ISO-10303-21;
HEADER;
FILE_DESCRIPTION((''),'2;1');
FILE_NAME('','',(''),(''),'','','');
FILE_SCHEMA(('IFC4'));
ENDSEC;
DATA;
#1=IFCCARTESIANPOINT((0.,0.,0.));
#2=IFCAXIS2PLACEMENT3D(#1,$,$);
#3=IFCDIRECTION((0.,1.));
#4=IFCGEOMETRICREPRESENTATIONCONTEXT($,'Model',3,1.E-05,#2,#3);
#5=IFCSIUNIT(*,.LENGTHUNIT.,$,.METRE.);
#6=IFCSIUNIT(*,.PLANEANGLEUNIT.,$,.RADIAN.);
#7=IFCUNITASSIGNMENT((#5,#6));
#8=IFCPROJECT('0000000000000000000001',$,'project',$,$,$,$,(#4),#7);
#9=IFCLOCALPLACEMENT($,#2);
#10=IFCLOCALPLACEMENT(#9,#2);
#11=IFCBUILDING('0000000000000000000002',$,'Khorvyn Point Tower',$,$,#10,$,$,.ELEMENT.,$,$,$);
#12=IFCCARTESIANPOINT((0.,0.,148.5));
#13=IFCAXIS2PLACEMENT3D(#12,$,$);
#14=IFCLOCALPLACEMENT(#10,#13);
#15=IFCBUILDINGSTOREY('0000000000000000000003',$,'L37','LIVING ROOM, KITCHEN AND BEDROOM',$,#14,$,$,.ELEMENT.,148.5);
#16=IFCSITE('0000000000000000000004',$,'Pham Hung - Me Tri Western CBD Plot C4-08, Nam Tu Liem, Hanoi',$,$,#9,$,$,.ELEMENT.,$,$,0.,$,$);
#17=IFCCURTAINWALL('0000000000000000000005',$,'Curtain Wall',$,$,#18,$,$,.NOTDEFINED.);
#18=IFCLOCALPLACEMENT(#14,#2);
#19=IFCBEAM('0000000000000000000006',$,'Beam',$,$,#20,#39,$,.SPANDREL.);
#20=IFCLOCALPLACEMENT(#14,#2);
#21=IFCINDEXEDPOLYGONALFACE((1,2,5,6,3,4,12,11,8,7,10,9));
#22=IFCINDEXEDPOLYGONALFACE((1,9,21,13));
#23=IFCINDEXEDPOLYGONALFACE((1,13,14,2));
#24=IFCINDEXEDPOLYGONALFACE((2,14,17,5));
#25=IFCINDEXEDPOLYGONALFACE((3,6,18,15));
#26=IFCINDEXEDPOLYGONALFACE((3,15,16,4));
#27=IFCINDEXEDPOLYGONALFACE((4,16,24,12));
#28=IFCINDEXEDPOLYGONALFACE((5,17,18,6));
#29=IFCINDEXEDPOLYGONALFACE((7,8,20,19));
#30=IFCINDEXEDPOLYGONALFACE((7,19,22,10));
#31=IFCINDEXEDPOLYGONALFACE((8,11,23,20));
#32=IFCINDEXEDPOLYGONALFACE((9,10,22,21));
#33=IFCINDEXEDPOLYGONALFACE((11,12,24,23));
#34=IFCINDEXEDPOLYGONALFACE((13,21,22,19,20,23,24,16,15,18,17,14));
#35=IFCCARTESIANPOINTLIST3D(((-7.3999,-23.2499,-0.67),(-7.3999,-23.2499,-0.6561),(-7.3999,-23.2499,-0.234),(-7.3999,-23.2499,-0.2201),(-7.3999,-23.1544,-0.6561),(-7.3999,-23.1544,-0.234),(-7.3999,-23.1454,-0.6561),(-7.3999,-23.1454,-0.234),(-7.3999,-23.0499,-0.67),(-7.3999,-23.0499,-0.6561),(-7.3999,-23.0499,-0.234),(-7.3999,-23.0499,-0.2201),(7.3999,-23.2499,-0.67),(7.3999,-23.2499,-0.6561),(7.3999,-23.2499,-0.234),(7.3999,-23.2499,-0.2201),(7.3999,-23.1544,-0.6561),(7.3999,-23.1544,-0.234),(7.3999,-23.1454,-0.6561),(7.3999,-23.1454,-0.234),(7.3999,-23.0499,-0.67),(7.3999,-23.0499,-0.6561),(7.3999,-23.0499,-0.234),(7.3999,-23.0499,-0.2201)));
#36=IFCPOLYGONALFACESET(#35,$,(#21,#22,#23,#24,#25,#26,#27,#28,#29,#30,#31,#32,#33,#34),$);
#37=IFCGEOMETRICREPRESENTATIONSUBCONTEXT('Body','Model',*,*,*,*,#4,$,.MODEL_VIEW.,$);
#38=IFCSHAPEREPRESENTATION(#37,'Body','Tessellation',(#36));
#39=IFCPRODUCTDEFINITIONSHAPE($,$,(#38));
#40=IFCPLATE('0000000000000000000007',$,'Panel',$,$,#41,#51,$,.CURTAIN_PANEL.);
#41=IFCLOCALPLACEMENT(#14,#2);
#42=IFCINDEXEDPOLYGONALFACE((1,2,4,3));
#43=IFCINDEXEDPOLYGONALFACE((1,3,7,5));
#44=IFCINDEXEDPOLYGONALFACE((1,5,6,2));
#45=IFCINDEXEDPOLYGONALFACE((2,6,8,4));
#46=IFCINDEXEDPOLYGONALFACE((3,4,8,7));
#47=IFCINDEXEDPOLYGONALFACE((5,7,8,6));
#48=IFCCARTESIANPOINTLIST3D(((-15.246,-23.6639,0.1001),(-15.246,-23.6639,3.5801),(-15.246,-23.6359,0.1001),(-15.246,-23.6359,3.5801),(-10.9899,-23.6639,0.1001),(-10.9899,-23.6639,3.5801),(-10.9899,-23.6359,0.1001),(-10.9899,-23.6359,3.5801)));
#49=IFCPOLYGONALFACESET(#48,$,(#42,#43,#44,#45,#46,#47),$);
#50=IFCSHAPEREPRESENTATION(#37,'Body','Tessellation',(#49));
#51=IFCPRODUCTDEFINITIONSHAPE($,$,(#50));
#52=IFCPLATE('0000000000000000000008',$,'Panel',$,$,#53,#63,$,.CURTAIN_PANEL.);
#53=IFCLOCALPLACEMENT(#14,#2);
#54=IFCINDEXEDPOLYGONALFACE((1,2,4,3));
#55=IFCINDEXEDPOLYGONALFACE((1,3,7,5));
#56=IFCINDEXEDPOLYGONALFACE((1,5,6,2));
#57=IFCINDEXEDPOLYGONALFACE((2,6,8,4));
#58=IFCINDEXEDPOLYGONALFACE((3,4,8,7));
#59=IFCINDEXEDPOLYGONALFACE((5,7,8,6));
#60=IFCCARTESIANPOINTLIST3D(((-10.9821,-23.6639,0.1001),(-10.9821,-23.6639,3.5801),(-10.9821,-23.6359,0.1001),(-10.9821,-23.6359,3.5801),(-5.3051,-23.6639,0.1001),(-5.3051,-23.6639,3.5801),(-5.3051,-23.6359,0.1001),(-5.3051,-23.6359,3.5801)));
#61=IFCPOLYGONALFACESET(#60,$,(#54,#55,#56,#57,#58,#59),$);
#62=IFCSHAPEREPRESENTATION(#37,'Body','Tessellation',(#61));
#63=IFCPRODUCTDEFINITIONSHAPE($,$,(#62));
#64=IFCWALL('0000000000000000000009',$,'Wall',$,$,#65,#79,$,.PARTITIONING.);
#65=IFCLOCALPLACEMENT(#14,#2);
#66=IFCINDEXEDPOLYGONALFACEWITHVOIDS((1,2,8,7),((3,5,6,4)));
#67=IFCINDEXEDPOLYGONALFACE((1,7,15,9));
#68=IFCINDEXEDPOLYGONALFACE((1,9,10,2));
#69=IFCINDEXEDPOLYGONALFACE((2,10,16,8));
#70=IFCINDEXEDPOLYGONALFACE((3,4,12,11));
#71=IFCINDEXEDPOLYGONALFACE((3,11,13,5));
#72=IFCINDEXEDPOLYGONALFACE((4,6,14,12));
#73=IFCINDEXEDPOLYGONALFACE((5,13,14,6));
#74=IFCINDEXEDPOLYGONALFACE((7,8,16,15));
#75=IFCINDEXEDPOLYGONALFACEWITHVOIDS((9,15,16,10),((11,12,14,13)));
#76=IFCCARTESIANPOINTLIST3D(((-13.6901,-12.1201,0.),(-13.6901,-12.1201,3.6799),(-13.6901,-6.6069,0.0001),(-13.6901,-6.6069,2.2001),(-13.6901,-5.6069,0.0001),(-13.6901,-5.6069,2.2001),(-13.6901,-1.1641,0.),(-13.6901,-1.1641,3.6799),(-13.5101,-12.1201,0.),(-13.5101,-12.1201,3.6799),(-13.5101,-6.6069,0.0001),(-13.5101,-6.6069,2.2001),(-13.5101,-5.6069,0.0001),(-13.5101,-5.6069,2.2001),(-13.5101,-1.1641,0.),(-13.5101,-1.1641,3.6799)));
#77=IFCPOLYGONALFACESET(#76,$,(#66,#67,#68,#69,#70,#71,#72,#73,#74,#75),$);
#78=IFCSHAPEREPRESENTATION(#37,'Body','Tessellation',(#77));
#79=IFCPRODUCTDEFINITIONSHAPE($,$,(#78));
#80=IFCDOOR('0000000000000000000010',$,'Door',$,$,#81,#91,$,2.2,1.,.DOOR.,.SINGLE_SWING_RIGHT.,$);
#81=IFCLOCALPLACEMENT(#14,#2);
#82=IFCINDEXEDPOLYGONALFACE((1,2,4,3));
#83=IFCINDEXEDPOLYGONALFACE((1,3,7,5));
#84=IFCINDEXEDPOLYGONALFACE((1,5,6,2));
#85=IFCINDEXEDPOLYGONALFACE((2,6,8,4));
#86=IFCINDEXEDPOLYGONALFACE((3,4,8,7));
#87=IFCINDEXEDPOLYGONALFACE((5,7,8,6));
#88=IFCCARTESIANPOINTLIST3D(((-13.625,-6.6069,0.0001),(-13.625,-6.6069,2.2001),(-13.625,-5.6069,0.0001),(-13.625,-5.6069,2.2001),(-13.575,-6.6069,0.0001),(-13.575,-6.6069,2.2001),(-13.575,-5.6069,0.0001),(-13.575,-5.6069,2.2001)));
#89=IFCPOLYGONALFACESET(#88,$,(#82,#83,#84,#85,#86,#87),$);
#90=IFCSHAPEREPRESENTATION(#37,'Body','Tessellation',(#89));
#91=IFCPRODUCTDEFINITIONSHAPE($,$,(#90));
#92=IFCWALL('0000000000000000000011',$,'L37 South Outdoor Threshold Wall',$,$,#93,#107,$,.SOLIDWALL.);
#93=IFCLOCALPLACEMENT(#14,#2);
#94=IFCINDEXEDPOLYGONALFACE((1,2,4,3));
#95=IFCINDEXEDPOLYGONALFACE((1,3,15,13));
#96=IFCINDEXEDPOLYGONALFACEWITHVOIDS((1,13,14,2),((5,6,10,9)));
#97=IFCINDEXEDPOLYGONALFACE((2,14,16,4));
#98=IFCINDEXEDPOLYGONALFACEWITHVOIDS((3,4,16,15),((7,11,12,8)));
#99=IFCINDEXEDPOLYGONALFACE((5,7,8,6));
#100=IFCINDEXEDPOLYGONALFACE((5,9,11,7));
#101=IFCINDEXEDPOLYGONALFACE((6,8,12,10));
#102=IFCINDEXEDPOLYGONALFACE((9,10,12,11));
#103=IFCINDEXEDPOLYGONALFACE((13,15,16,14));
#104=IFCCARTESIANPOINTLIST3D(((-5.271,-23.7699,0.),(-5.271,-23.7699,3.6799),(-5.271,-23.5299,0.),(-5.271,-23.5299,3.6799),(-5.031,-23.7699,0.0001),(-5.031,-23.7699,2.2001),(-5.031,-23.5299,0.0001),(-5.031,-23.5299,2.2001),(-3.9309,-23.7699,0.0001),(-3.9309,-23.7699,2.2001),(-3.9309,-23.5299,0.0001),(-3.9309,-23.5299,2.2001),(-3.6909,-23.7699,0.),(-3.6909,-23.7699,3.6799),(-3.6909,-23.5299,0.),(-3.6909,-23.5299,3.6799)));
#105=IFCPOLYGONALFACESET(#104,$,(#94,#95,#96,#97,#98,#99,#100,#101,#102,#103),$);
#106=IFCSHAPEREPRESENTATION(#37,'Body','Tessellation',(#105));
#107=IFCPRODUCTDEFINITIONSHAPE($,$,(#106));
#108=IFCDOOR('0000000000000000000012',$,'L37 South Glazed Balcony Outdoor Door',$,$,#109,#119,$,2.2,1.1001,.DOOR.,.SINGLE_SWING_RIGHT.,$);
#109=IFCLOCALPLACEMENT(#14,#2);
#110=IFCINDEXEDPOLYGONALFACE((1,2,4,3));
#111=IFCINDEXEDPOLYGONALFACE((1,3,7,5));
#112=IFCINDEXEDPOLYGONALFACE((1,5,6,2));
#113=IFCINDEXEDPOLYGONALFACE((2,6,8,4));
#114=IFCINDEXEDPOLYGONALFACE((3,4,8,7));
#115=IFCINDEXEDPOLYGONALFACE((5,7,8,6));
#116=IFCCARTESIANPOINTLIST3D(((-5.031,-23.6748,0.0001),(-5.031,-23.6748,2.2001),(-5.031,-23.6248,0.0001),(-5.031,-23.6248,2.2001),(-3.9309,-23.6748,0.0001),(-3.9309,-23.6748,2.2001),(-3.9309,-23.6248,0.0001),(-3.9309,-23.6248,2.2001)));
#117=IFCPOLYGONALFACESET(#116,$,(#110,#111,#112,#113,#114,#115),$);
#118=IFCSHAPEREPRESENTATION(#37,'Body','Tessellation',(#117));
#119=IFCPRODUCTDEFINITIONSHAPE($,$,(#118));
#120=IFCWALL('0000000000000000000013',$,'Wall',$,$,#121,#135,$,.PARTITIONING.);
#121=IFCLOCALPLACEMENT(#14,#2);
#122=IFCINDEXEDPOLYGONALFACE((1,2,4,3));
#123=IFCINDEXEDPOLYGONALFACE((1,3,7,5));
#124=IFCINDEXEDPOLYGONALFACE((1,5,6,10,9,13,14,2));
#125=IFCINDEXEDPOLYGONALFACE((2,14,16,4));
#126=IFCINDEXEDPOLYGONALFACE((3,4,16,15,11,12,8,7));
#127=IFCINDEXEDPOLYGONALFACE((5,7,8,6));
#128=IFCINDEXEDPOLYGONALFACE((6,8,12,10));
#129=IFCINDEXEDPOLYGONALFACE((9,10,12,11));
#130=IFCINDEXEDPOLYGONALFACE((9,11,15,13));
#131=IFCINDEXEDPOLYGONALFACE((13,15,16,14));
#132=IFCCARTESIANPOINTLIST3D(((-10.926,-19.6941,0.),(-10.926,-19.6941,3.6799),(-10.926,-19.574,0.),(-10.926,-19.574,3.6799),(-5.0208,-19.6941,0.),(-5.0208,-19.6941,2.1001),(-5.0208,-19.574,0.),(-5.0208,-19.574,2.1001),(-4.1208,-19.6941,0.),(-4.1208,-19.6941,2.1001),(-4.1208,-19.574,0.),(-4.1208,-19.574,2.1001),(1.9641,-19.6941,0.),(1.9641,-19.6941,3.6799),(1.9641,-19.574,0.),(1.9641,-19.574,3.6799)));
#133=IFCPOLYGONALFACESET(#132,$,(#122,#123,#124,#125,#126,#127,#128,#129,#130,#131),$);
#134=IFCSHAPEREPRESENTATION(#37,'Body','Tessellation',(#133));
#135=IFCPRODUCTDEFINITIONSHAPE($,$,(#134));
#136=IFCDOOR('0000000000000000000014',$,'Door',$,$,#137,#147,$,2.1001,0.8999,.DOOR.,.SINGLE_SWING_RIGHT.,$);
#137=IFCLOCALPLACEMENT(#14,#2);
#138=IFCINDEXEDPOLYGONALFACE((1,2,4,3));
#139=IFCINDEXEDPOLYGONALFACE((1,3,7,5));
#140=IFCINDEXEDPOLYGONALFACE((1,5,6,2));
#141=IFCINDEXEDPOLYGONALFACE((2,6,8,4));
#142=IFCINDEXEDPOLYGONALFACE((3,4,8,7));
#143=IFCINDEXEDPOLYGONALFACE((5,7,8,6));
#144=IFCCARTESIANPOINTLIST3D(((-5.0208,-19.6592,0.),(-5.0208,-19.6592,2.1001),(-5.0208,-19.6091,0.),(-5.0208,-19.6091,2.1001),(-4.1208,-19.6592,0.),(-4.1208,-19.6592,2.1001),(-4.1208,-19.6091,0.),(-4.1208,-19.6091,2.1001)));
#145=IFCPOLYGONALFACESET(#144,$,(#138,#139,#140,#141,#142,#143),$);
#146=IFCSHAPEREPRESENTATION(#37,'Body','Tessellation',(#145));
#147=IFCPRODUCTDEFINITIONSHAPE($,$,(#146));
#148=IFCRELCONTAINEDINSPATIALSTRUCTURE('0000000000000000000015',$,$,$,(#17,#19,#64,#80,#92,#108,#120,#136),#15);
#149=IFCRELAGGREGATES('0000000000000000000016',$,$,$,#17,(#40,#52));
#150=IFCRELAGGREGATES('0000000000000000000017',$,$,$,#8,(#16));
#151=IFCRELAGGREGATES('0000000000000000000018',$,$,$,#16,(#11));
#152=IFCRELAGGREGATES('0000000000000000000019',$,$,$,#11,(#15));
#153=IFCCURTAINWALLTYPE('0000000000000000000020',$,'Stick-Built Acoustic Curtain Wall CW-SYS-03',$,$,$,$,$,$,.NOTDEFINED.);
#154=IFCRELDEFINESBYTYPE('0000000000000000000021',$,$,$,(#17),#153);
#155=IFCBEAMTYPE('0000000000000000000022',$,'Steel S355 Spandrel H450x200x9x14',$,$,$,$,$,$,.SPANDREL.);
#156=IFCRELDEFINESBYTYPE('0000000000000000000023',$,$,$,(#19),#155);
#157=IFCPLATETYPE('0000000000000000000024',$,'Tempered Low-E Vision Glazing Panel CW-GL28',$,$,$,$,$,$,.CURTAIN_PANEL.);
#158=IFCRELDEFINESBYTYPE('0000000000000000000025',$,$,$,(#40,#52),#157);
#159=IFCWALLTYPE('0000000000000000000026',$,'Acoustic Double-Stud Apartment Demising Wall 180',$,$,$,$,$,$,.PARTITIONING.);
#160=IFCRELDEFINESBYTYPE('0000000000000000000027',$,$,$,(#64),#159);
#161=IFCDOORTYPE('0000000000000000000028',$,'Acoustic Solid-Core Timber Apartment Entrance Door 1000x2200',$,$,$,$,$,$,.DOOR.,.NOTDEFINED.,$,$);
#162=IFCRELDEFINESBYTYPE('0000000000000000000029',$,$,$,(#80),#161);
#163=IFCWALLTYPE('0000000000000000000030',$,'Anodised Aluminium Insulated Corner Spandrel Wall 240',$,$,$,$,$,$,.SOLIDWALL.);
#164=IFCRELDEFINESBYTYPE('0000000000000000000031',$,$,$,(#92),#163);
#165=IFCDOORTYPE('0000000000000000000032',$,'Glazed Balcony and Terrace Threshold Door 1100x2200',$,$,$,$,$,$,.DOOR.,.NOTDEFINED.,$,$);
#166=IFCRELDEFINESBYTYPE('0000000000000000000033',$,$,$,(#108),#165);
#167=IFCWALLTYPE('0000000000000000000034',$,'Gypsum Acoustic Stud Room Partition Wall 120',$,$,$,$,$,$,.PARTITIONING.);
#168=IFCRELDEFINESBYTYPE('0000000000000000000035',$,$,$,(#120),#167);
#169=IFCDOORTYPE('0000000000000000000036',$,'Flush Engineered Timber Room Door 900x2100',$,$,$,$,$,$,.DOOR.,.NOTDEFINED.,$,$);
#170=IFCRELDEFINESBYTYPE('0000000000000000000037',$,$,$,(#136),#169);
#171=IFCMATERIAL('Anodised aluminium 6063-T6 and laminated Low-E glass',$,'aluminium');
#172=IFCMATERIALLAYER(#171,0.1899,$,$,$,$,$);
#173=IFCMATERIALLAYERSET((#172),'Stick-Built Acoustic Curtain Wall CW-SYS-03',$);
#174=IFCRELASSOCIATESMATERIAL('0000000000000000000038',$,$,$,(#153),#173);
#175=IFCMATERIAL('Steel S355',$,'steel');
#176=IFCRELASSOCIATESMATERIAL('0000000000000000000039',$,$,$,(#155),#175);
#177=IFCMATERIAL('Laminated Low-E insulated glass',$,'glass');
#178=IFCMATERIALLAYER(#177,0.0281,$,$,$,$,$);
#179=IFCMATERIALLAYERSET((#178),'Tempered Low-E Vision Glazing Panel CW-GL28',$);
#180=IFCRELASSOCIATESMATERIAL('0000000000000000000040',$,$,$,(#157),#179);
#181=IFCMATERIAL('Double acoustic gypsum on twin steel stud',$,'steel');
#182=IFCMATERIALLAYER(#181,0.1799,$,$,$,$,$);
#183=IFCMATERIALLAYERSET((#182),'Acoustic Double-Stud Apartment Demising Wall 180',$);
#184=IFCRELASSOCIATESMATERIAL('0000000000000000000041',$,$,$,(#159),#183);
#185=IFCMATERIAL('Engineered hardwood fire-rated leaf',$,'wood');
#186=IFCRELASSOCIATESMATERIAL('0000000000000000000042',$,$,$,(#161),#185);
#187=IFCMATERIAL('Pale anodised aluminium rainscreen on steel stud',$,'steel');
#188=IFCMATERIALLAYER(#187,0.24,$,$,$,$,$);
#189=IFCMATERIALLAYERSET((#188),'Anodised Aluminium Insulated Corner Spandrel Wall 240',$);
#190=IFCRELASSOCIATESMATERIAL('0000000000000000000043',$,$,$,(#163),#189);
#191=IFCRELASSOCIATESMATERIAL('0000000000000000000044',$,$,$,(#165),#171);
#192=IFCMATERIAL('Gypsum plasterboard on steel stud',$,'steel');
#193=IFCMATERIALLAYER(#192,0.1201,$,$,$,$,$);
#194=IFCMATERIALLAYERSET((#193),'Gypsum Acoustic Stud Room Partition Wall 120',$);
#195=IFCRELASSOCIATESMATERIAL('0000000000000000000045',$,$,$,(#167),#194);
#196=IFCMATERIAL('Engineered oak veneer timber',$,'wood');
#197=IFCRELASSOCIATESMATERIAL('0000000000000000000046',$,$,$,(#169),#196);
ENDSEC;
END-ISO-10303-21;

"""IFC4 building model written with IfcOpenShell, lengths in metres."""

from ifc_helpers import new_model, si_unit, direction, frame, frame_2d, origin, origin_2d, place, context, subcontext, project, spatial, rectangle, i_section, extrude, material, layer, layer_set, material_profile, profile_set, type_object, element, fill, aggregate, save


model = new_model("IFC4")

# Units and contexts
model_context = context("Model", 3, precision=1e-05, world=origin(), true_north=direction((0.0, 1.0)))
body_context = subcontext(model_context, "Body", "Model", "MODEL_VIEW")
ifc_project = project(units=[si_unit("LENGTHUNIT", "METRE"), si_unit("PLANEANGLEUNIT", "RADIAN")], contexts=[model_context])

# Site, building, storey
site_placement = place(None, origin())
site = spatial("IfcSite", under=ifc_project, at=site_placement, Name="Pham Hung - Me Tri Western CBD Plot C4-08, Nam Tu Liem, Hanoi", CompositionType="ELEMENT", RefElevation=0.0)
building_placement = place(site_placement, origin())
building = spatial("IfcBuilding", under=site, at=building_placement, Name="Khorvyn Point Tower", CompositionType="ELEMENT")
storey_placement = place(building_placement, frame((0.0, 0.0, 148.5)))
storey = spatial("IfcBuildingStorey", under=building, at=storey_placement, Name="L37", Description="LIVING ROOM, KITCHEN AND BEDROOM", CompositionType="ELEMENT", Elevation=148.5)

# Shared definitions
ifc_material_1 = material(Name="Anodised aluminium 6063-T6 and laminated Low-E glass", Category="aluminium")
ifc_layer_1 = layer(ifc_material_1, 0.1899)
ifc_layer_set_1 = layer_set([ifc_layer_1], Name="Stick-Built Acoustic Curtain Wall CW-SYS-03")
curtain_wall_type = type_object("IfcCurtainWallType", Name="Stick-Built Acoustic Curtain Wall CW-SYS-03", PredefinedType="NOTDEFINED", material=ifc_layer_set_1)

# Curtain wall
curtain_wall_1_placement = place(storey_placement, origin())
curtain_wall_1 = element("IfcCurtainWall", 1, at=curtain_wall_1_placement, inside=storey, type_object=curtain_wall_type, Name="Curtain Wall", PredefinedType="NOTDEFINED")

# Beam
ifc_material_2 = material(Name="Steel S355", Category="steel")
ifc_material_profile_1 = material_profile(ifc_material_2, i_section(OverallWidth=0.2, OverallDepth=0.45, WebThickness=0.009, FlangeThickness=0.0139, at=origin_2d()))
ifc_profile_set_1 = profile_set([ifc_material_profile_1], Name="Steel S355 H450x200x9x14")
beam_type_1 = type_object("IfcBeamType", Name="Steel S355 Spandrel H450x200x9x14", PredefinedType="SPANDREL", material=ifc_profile_set_1)
beam_1_placement = place(storey_placement, frame((-7.3999, -23.1499, -0.4451), z_axis=(1.0, 0.0, 0.0), x_axis=(0.0, 1.0, 0.0)))
element("IfcBeam", 2, at=beam_1_placement, inside=storey, type_object=beam_type_1, Name="Beam", PredefinedType="SPANDREL", context=body_context, shape_type="SweptSolid", body=[
    extrude(i_section(OverallWidth=0.2, OverallDepth=0.45, WebThickness=0.009, FlangeThickness=0.0139, at=origin_2d()), origin(), (0.0, 0.0, 1.0), 14.7998),
])

# Plates
ifc_material_3 = material(Name="Laminated Low-E insulated glass", Category="glass")
ifc_layer_2 = layer(ifc_material_3, 0.0281)
ifc_layer_set_2 = layer_set([ifc_layer_2], Name="Tempered Low-E Vision Glazing Panel CW-GL28")
plate_type = type_object("IfcPlateType", Name="Tempered Low-E Vision Glazing Panel CW-GL28", PredefinedType="CURTAIN_PANEL", material=ifc_layer_set_2)
plate_1_placement = place(storey_placement, frame((-13.1179, -23.6499, 0.1001), z_axis=(0.0, 0.0, 1.0), x_axis=(-1.0, 0.0, 0.0)))
plate_1 = element("IfcPlate", 3, at=plate_1_placement, type_object=plate_type, Name="Panel", PredefinedType="CURTAIN_PANEL", context=body_context, shape_type="SweptSolid", body=[
    extrude(rectangle(XDim=4.2561, YDim=0.0281, at=origin_2d()), origin(), (0.0, 0.0, 1.0), 3.48),
])
plate_2_placement = place(storey_placement, frame((-8.1436, -23.6499, 0.1001), z_axis=(0.0, 0.0, 1.0), x_axis=(-1.0, 0.0, 0.0)))
plate_2 = element("IfcPlate", 4, at=plate_2_placement, type_object=plate_type, Name="Panel", PredefinedType="CURTAIN_PANEL", context=body_context, shape_type="SweptSolid", body=[
    extrude(rectangle(XDim=5.677, YDim=0.0281, at=origin_2d()), origin(), (0.0, 0.0, 1.0), 3.48),
])
aggregate(curtain_wall_1, [plate_1, plate_2])

# Walls, openings, doors
ifc_material_4 = material(Name="Double acoustic gypsum on twin steel stud", Category="steel")
ifc_layer_3 = layer(ifc_material_4, 0.1799)
ifc_layer_set_3 = layer_set([ifc_layer_3], Name="Acoustic Double-Stud Apartment Demising Wall 180")
wall_type_1 = type_object("IfcWallType", Name="Acoustic Double-Stud Apartment Demising Wall 180", PredefinedType="PARTITIONING", material=ifc_layer_set_3)
wall_1_placement = place(storey_placement, frame((-13.6001, -12.1201, 0.0), z_axis=(0.0, 0.0, 1.0), x_axis=(0.0, 1.0, 0.0)))
wall_1 = element("IfcWall", 5, at=wall_1_placement, inside=storey, type_object=wall_type_1, Name="Wall", PredefinedType="PARTITIONING", context=body_context, shape_type="SweptSolid", body=[
    extrude(rectangle(XDim=10.9561, YDim=0.1799, at=frame_2d((5.478, 0.0))), origin(), (0.0, 0.0, 1.0), 3.6799),
])
opening_1_placement = place(wall_1_placement, frame((5.5132, 0.0, 0.0)))
opening_1 = element("IfcOpeningElement", 6, at=opening_1_placement, cuts=wall_1, PredefinedType="OPENING", context=body_context, shape_type="SweptSolid", body=[
    extrude(rectangle(XDim=1.0, YDim=2.2, at=frame_2d((0.5, 1.1001))), frame((0.0, 0.0999, 0.0), z_axis=(0.0, -1.0, 0.0), x_axis=(1.0, 0.0, 0.0)), (0.0, 0.0, 1.0), 0.2),
])
ifc_material_5 = material(Name="Engineered hardwood fire-rated leaf", Category="wood")
door_type_1 = type_object("IfcDoorType", Name="Acoustic Solid-Core Timber Apartment Entrance Door 1000x2200", OperationType="NOTDEFINED", PredefinedType="DOOR", material=ifc_material_5)
door_1_placement = place(opening_1_placement, origin())
door_1 = element("IfcDoor", 7, at=door_1_placement, inside=storey, type_object=door_type_1, Name="Door", OperationType="SINGLE_SWING_RIGHT", OverallHeight=2.2, OverallWidth=1.0, PredefinedType="DOOR", context=body_context, shape_type="SweptSolid", body=[
    extrude(rectangle(XDim=1.0, YDim=2.2, at=frame_2d((0.5, 1.1001))), frame((0.0, 0.0249, 0.0), z_axis=(0.0, -1.0, 0.0), x_axis=(1.0, 0.0, 0.0)), (0.0, 0.0, 1.0), 0.05),
])
fill(opening_1, door_1)
ifc_material_6 = material(Name="Pale anodised aluminium rainscreen on steel stud", Category="steel")
ifc_layer_4 = layer(ifc_material_6, 0.24)
ifc_layer_set_4 = layer_set([ifc_layer_4], Name="Anodised Aluminium Insulated Corner Spandrel Wall 240")
wall_type_2 = type_object("IfcWallType", Name="Anodised Aluminium Insulated Corner Spandrel Wall 240", PredefinedType="SOLIDWALL", material=ifc_layer_set_4)
wall_2_placement = place(storey_placement, frame((-3.6909, -23.6499, 0.0), z_axis=(0.0, 0.0, 1.0), x_axis=(-1.0, 0.0, 0.0)))
wall_2 = element("IfcWall", 8, at=wall_2_placement, inside=storey, type_object=wall_type_2, Name="L37 South Outdoor Threshold Wall", PredefinedType="SOLIDWALL", context=body_context, shape_type="SweptSolid", body=[
    extrude(rectangle(XDim=1.5801, YDim=0.24, at=frame_2d((0.79, 0.0))), origin(), (0.0, 0.0, 1.0), 3.6799),
])
opening_2_placement = place(wall_2_placement, frame((0.24, 0.0, 0.0)))
opening_2 = element("IfcOpeningElement", 9, at=opening_2_placement, cuts=wall_2, PredefinedType="OPENING", context=body_context, shape_type="SweptSolid", body=[
    extrude(rectangle(XDim=1.1001, YDim=2.2, at=frame_2d((0.55, 1.1001))), frame((0.0, 0.1299, 0.0), z_axis=(0.0, -1.0, 0.0), x_axis=(1.0, 0.0, 0.0)), (0.0, 0.0, 1.0), 0.26),
])
door_type_2 = type_object("IfcDoorType", Name="Glazed Balcony and Terrace Threshold Door 1100x2200", OperationType="NOTDEFINED", PredefinedType="DOOR", material=ifc_material_1)
door_2_placement = place(opening_2_placement, origin())
door_2 = element("IfcDoor", 10, at=door_2_placement, inside=storey, type_object=door_type_2, Name="L37 South Glazed Balcony Outdoor Door", OperationType="SINGLE_SWING_RIGHT", OverallHeight=2.2, OverallWidth=1.1001, PredefinedType="DOOR", context=body_context, shape_type="SweptSolid", body=[
    extrude(rectangle(XDim=1.1001, YDim=2.2, at=frame_2d((0.55, 1.1001))), frame((0.0, 0.0249, 0.0), z_axis=(0.0, -1.0, 0.0), x_axis=(1.0, 0.0, 0.0)), (0.0, 0.0, 1.0), 0.05),
])
fill(opening_2, door_2)
ifc_material_7 = material(Name="Gypsum plasterboard on steel stud", Category="steel")
ifc_layer_5 = layer(ifc_material_7, 0.1201)
ifc_layer_set_5 = layer_set([ifc_layer_5], Name="Gypsum Acoustic Stud Room Partition Wall 120")
wall_type_3 = type_object("IfcWallType", Name="Gypsum Acoustic Stud Room Partition Wall 120", PredefinedType="PARTITIONING", material=ifc_layer_set_5)
wall_3_placement = place(storey_placement, frame((-10.926, -19.634, 0.0), z_axis=(0.0, 0.0, 1.0), x_axis=(1.0, 0.0, 0.0)))
wall_3 = element("IfcWall", 11, at=wall_3_placement, inside=storey, type_object=wall_type_3, Name="Wall", PredefinedType="PARTITIONING", context=body_context, shape_type="SweptSolid", body=[
    extrude(rectangle(XDim=12.8901, YDim=0.1201, at=frame_2d((6.4451, 0.0))), origin(), (0.0, 0.0, 1.0), 3.6799),
])
opening_3_placement = place(wall_3_placement, frame((5.9053, 0.0, 0.0)))
opening_3 = element("IfcOpeningElement", 12, at=opening_3_placement, cuts=wall_3, PredefinedType="OPENING", context=body_context, shape_type="SweptSolid", body=[
    extrude(rectangle(XDim=0.8999, YDim=2.1001, at=frame_2d((0.45, 1.05))), frame((0.0, 0.0701, 0.0), z_axis=(0.0, -1.0, 0.0), x_axis=(1.0, 0.0, 0.0)), (0.0, 0.0, 1.0), 0.1401),
])
ifc_material_8 = material(Name="Engineered oak veneer timber", Category="wood")
door_type_3 = type_object("IfcDoorType", Name="Flush Engineered Timber Room Door 900x2100", OperationType="NOTDEFINED", PredefinedType="DOOR", material=ifc_material_8)
door_3_placement = place(opening_3_placement, origin())
door_3 = element("IfcDoor", 13, at=door_3_placement, inside=storey, type_object=door_type_3, Name="Door", OperationType="SINGLE_SWING_RIGHT", OverallHeight=2.1001, OverallWidth=0.8999, PredefinedType="DOOR", context=body_context, shape_type="SweptSolid", body=[
    extrude(rectangle(XDim=0.8999, YDim=2.1001, at=frame_2d((0.45, 1.05))), frame((0.0, 0.0249, 0.0), z_axis=(0.0, -1.0, 0.0), x_axis=(1.0, 0.0, 0.0)), (0.0, 0.0, 1.0), 0.05),
])
fill(opening_3, door_3)

save(model, "model.ifc")
